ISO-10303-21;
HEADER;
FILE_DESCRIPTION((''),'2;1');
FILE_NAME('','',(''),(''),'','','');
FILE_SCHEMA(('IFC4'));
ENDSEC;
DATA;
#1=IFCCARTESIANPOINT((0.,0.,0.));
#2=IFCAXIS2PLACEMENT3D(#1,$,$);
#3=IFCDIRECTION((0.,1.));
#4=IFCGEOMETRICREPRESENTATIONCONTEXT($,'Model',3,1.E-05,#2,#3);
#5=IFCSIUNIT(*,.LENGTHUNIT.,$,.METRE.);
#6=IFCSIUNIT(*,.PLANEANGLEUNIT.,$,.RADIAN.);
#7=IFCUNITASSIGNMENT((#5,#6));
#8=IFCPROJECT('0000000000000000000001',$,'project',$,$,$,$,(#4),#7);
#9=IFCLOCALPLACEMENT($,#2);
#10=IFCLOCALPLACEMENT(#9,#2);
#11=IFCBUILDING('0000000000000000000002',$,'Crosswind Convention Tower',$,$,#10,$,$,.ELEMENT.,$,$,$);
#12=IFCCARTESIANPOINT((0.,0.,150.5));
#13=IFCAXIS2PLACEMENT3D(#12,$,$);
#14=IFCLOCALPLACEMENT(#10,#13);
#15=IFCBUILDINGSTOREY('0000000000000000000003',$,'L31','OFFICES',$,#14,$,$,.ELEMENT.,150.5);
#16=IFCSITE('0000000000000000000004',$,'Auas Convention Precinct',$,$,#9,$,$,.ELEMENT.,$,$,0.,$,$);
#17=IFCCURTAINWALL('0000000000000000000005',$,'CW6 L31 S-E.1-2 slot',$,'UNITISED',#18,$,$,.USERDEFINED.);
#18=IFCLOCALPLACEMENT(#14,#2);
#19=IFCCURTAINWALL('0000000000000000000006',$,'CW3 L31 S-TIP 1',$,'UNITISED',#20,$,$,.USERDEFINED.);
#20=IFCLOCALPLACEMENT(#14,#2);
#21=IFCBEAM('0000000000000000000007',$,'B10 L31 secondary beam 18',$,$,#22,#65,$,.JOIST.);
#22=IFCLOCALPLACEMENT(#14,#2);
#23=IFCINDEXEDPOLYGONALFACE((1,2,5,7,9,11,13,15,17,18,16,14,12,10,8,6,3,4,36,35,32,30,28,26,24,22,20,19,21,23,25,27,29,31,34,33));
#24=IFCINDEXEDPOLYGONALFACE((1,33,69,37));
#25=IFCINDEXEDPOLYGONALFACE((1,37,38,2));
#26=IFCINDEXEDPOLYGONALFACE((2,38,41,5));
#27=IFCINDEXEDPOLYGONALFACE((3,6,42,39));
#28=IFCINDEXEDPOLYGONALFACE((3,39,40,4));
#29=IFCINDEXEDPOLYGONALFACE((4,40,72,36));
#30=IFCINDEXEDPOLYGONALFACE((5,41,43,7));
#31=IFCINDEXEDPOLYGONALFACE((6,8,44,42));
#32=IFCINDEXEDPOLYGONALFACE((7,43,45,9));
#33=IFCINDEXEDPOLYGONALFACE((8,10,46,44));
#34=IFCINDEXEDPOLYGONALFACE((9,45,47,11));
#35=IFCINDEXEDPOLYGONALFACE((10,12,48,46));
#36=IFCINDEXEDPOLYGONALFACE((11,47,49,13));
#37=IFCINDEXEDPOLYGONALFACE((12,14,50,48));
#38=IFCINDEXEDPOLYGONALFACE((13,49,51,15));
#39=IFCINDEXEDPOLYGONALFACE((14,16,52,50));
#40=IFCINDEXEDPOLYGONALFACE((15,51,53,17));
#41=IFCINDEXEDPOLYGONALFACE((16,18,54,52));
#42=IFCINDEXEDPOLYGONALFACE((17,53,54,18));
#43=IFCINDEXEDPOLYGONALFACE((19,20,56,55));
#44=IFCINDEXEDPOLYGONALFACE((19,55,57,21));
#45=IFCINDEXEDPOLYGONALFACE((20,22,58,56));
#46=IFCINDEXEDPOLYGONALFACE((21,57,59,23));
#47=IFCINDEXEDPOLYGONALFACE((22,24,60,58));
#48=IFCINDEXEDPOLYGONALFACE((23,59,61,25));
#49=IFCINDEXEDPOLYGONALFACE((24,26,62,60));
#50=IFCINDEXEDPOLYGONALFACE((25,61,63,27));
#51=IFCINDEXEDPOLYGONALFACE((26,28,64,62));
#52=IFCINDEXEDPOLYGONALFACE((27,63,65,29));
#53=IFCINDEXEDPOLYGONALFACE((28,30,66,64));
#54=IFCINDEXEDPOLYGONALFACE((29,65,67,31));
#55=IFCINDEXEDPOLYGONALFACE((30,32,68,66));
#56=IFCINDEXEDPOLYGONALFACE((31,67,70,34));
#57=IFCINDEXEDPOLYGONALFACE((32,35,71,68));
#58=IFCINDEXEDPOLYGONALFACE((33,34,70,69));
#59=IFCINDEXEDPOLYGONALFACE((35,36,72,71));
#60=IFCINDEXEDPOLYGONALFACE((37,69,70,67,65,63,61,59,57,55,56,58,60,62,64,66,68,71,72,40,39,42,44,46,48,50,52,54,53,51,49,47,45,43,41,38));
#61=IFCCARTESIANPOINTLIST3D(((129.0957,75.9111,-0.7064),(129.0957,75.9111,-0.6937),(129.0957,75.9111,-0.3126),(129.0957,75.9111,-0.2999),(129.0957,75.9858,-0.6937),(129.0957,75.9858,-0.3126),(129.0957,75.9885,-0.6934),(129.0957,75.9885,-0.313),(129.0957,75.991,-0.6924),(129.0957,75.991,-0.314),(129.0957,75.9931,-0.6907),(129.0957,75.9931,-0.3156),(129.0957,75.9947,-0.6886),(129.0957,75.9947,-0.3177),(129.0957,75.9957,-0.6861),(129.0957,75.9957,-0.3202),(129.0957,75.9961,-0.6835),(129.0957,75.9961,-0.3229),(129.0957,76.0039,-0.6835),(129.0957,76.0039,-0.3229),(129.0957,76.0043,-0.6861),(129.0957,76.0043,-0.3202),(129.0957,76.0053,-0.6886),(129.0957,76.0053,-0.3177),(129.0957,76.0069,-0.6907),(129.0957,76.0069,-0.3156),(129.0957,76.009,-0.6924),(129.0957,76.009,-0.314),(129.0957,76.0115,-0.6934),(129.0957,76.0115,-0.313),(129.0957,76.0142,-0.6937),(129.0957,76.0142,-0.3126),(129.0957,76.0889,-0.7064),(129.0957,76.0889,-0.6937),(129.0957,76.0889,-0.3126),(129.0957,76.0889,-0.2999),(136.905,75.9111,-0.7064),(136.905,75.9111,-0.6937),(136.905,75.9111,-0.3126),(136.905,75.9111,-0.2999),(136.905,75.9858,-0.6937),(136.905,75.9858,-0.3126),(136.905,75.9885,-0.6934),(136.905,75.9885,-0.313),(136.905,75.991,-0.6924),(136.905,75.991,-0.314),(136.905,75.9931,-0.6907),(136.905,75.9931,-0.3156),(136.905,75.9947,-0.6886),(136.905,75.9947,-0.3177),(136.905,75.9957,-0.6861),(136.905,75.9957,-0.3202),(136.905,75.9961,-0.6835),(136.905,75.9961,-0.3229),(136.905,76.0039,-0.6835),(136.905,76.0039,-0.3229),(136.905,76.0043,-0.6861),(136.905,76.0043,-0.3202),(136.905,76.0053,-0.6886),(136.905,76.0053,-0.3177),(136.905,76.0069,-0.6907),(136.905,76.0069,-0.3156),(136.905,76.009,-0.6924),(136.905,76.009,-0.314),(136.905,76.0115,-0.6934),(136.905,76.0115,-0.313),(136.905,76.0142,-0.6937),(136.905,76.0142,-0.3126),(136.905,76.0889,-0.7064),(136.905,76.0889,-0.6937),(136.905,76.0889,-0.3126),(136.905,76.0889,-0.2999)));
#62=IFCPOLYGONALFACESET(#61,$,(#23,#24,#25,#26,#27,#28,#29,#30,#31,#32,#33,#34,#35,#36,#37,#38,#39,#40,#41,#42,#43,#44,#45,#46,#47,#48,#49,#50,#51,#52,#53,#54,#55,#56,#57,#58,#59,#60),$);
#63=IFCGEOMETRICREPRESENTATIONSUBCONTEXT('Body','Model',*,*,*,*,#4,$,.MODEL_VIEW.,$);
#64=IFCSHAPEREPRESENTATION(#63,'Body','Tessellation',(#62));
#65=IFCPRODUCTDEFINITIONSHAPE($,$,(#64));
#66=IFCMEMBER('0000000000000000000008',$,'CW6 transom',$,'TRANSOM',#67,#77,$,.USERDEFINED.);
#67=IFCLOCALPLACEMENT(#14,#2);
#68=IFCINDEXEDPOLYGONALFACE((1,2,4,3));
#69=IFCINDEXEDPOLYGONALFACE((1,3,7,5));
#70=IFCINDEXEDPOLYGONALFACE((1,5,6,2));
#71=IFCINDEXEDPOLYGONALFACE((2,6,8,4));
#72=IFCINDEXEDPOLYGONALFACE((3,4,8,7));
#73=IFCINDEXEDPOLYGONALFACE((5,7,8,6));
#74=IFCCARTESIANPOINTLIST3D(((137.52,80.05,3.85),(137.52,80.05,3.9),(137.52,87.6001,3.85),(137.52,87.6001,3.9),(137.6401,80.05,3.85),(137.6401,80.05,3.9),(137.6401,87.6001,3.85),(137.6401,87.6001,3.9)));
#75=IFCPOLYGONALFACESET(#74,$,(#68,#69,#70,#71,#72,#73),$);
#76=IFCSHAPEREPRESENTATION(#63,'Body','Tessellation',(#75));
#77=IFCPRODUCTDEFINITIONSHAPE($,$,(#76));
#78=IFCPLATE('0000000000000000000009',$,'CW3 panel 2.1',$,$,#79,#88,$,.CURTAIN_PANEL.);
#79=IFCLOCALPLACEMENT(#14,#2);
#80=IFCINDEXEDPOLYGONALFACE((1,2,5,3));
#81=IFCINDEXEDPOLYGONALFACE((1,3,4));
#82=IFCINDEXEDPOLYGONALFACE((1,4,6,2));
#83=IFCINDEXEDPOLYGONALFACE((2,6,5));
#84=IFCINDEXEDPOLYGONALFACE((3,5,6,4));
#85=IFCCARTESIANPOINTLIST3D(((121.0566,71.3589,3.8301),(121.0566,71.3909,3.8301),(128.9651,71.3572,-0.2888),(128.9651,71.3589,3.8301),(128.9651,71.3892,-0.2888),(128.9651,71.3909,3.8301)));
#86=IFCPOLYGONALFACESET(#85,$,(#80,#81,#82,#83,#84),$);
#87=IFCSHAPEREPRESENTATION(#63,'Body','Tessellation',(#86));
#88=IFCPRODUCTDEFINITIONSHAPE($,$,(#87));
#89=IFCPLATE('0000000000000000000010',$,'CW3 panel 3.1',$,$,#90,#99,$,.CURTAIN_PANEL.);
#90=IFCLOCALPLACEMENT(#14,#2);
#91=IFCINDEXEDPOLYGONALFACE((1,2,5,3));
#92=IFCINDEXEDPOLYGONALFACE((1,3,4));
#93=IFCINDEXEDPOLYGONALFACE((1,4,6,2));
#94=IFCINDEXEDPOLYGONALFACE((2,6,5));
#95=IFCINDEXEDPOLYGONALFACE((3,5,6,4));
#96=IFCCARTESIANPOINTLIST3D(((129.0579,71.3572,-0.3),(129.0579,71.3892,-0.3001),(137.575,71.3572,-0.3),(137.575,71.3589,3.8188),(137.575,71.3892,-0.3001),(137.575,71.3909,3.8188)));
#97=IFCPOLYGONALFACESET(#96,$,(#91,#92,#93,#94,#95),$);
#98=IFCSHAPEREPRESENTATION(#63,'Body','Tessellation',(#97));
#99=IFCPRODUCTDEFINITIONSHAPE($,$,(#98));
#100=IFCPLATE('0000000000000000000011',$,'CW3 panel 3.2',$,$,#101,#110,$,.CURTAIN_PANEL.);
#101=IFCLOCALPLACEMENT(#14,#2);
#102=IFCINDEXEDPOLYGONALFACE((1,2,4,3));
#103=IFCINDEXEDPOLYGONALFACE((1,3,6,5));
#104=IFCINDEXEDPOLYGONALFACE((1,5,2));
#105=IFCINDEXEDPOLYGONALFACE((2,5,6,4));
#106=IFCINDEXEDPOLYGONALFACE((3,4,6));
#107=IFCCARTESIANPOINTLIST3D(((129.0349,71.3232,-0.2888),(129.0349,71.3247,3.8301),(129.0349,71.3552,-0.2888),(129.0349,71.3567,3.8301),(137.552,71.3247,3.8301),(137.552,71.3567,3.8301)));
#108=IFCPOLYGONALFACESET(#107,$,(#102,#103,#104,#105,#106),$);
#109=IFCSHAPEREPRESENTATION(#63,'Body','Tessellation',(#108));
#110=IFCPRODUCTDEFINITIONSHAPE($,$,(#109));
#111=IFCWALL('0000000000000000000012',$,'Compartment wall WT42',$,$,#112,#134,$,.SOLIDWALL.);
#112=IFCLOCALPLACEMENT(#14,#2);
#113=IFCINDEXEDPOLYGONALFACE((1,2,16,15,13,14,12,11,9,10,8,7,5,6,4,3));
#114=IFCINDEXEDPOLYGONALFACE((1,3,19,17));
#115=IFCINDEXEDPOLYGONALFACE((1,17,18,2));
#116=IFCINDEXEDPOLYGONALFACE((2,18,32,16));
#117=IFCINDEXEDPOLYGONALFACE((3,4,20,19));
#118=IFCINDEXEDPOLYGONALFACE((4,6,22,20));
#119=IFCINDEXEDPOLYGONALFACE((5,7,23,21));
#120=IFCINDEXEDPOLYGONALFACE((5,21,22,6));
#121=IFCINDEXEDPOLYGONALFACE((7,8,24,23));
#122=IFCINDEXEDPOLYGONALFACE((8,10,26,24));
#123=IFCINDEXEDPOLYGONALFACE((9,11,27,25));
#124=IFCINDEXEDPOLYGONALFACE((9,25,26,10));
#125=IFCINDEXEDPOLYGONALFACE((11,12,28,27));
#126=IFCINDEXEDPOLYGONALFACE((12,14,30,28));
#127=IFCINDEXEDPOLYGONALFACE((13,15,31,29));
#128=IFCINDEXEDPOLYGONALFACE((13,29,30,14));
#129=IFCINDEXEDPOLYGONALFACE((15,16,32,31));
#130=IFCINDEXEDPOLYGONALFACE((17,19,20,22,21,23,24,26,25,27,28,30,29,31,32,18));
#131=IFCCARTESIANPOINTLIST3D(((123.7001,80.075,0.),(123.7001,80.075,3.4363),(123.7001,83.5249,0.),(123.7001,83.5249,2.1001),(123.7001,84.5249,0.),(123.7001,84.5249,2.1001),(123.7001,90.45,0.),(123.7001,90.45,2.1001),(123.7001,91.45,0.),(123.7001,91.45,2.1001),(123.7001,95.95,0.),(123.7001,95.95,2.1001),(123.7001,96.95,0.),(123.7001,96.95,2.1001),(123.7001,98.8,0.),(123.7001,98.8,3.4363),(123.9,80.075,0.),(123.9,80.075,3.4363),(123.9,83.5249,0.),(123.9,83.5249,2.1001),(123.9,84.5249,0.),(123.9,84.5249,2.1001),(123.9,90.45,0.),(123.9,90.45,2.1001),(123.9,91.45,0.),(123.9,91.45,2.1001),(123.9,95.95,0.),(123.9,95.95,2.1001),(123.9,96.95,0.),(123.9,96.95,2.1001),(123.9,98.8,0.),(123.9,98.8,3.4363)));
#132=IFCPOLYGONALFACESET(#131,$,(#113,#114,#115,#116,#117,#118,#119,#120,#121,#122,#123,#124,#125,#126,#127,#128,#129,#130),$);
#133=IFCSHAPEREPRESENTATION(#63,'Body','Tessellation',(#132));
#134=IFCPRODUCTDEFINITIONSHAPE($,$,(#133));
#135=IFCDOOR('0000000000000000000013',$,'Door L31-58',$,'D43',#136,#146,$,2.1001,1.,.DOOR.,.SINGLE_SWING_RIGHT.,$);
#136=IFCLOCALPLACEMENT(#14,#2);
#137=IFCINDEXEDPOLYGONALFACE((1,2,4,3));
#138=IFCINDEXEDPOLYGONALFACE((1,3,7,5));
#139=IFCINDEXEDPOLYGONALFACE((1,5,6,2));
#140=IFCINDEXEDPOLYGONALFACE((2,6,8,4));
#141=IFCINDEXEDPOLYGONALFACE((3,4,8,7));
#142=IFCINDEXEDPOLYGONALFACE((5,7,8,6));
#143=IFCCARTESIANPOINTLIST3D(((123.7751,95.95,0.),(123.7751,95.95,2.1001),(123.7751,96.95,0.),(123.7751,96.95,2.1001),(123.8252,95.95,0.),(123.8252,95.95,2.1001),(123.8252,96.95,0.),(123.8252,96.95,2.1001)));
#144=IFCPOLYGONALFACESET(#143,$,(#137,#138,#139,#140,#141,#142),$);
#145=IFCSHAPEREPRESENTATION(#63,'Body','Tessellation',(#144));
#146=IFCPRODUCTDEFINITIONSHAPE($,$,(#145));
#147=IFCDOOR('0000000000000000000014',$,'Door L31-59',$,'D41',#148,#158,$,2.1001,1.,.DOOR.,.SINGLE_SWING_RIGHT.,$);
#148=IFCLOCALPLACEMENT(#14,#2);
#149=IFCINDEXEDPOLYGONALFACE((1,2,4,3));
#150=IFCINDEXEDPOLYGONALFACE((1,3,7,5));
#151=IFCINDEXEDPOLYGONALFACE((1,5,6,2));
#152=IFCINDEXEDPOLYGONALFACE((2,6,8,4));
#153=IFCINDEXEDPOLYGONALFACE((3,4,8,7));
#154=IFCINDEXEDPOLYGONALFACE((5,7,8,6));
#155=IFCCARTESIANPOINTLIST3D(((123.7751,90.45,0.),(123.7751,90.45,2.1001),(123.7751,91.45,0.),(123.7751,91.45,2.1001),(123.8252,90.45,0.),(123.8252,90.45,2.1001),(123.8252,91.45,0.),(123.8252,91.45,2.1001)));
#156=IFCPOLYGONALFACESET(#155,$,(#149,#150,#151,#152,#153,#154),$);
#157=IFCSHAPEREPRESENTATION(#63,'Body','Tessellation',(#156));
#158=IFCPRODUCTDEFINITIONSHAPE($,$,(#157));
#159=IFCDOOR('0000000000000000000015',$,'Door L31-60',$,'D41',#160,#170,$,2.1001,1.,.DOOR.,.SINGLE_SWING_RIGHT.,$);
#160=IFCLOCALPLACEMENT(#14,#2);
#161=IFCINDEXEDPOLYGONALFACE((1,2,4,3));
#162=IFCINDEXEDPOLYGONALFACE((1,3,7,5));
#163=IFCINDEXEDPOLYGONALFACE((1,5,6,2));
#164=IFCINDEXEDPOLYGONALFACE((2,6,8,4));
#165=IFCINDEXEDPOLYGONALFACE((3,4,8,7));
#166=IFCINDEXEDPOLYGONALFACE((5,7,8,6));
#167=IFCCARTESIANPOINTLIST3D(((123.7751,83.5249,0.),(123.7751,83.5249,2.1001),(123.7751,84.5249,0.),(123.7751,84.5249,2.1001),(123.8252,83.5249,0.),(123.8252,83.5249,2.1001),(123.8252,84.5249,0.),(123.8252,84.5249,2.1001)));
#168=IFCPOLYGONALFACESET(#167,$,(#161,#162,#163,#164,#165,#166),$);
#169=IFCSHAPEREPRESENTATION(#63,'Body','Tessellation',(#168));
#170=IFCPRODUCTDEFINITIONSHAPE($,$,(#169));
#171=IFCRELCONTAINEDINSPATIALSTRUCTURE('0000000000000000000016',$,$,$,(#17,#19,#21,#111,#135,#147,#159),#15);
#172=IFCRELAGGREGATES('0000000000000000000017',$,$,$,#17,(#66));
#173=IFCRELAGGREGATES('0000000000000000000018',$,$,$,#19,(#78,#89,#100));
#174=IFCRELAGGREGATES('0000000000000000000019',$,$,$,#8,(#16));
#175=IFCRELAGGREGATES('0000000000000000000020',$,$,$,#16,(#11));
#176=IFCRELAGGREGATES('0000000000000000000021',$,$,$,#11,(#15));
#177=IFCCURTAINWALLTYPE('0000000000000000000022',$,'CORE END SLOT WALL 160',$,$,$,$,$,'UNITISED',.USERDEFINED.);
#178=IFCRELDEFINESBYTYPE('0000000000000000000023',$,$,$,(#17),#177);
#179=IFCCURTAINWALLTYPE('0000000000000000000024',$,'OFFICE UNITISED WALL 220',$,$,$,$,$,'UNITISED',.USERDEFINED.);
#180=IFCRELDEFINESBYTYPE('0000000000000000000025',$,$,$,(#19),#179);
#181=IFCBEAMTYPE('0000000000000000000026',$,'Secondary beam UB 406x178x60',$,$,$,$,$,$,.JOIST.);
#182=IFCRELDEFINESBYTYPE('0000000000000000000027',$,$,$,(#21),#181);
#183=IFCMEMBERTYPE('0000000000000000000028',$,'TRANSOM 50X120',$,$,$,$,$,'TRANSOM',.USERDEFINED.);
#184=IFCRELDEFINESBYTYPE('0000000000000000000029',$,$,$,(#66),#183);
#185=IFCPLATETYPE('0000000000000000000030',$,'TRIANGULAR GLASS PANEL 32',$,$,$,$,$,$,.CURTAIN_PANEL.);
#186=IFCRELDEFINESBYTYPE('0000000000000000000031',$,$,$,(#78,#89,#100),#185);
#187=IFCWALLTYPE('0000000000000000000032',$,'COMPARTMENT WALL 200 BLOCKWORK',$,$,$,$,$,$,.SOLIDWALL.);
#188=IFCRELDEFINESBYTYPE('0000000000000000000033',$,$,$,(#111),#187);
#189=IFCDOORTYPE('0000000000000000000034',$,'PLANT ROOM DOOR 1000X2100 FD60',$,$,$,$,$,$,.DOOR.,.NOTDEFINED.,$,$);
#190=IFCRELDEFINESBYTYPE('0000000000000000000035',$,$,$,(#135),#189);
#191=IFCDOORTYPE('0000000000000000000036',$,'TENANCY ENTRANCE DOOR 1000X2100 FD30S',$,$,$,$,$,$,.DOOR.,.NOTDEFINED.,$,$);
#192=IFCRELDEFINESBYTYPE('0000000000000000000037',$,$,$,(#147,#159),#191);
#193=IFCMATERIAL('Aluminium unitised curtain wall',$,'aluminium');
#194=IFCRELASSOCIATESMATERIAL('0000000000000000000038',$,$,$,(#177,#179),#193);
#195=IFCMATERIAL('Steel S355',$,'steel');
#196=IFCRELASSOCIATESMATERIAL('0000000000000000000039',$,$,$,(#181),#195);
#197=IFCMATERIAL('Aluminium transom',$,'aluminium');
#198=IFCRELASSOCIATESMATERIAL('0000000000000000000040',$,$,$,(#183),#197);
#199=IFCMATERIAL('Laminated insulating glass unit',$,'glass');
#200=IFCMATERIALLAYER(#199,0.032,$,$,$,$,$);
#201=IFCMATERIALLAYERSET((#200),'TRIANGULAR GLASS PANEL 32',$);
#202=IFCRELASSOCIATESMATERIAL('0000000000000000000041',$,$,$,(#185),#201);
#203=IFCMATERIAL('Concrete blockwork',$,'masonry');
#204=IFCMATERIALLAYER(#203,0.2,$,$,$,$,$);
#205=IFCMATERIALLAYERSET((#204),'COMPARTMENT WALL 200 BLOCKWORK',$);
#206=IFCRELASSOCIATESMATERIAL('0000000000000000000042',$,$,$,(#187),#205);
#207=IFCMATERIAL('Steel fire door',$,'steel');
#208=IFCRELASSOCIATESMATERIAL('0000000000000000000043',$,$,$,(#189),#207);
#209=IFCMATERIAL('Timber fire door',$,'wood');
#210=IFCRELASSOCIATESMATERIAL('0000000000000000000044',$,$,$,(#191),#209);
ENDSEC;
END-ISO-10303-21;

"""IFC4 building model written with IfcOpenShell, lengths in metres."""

from ifc_helpers import new_model, si_unit, direction, frame, frame_2d, origin, origin_2d, place, context, subcontext, project, spatial, polyline, rectangle, i_section, outline, extrude, material, layer, layer_set, material_profile, profile_set, type_object, element, fill, aggregate, save


model = new_model("IFC4")

# Units and contexts
model_context = context("Model", 3, precision=1e-05, world=origin(), true_north=direction((0.0, 1.0)))
body_context = subcontext(model_context, "Body", "Model", "MODEL_VIEW")
ifc_project = project(units=[si_unit("LENGTHUNIT", "METRE"), si_unit("PLANEANGLEUNIT", "RADIAN")], contexts=[model_context])

# Site, building, storey
site_placement = place(None, origin())
site = spatial("IfcSite", under=ifc_project, at=site_placement, Name="Auas Convention Precinct", CompositionType="ELEMENT", RefElevation=0.0)
building_placement = place(site_placement, origin())
building = spatial("IfcBuilding", under=site, at=building_placement, Name="Crosswind Convention Tower", CompositionType="ELEMENT")
storey_placement = place(building_placement, frame((0.0, 0.0, 150.5)))
storey = spatial("IfcBuildingStorey", under=building, at=storey_placement, Name="L31", Description="OFFICES", CompositionType="ELEMENT", Elevation=150.5)

# Shared definitions
ifc_material_1 = material(Name="Steel S355", Category="steel")

# Curtain walls
ifc_material_2 = material(Name="Aluminium unitised curtain wall", Category="aluminium")
curtain_wall_type_1 = type_object("IfcCurtainWallType", Name="CORE END SLOT WALL 160", ElementType="UNITISED", PredefinedType="USERDEFINED", material=ifc_material_2)
curtain_wall_1_placement = place(storey_placement, origin())
curtain_wall_1 = element("IfcCurtainWall", 1, at=curtain_wall_1_placement, inside=storey, type_object=curtain_wall_type_1, Name="CW6 L31 S-E.1-2 slot", ObjectType="UNITISED", PredefinedType="USERDEFINED")
curtain_wall_type_2 = type_object("IfcCurtainWallType", Name="OFFICE UNITISED WALL 220", ElementType="UNITISED", PredefinedType="USERDEFINED", material=ifc_material_2)
curtain_wall_2_placement = place(storey_placement, origin())
curtain_wall_2 = element("IfcCurtainWall", 2, at=curtain_wall_2_placement, inside=storey, type_object=curtain_wall_type_2, Name="CW3 L31 S-TIP 1", ObjectType="UNITISED", PredefinedType="USERDEFINED")

# Beam
ifc_material_profile_1 = material_profile(ifc_material_1, i_section(OverallWidth=0.1777, OverallDepth=0.4065, WebThickness=0.0078, FlangeThickness=0.0127, FilletRadius=0.0103, at=origin_2d()), Name="UB 406x178x60")
ifc_profile_set_1 = profile_set([ifc_material_profile_1], Name="Steel S355")
beam_type_1 = type_object("IfcBeamType", Name="Secondary beam UB 406x178x60", PredefinedType="JOIST", material=ifc_profile_set_1)
beam_1_placement = place(storey_placement, frame((129.0957, 76.0, -0.5032), z_axis=(1.0, 0.0, 0.0), x_axis=(0.0, 1.0, 0.0)))
element("IfcBeam", 3, at=beam_1_placement, inside=storey, type_object=beam_type_1, Name="B10 L31 secondary beam 18", PredefinedType="JOIST", context=body_context, shape_type="SweptSolid", body=[
    extrude(i_section(OverallWidth=0.1777, OverallDepth=0.4065, WebThickness=0.0078, FlangeThickness=0.0127, FilletRadius=0.0103, at=origin_2d()), origin(), (0.0, 0.0, 1.0), 7.8093),
])

# Member
ifc_material_3 = material(Name="Aluminium transom", Category="aluminium")
ifc_material_profile_2 = material_profile(ifc_material_3, rectangle(XDim=0.1201, YDim=0.05, at=origin_2d()), Name="AL 120X50")
ifc_profile_set_2 = profile_set([ifc_material_profile_2], Name="Aluminium transom")
member_type_1 = type_object("IfcMemberType", Name="TRANSOM 50X120", ElementType="TRANSOM", PredefinedType="USERDEFINED", material=ifc_profile_set_2)
member_1_placement = place(storey_placement, frame((137.5801, 80.05, 3.875), z_axis=(0.0, 1.0, 0.0), x_axis=(-1.0, 0.0, 0.0)))
member_1 = element("IfcMember", 4, at=member_1_placement, type_object=member_type_1, Name="CW6 transom", ObjectType="TRANSOM", PredefinedType="USERDEFINED", context=body_context, shape_type="SweptSolid", body=[
    extrude(rectangle(XDim=0.1201, YDim=0.05, at=origin_2d()), origin(), (0.0, 0.0, 1.0), 7.55),
])
aggregate(curtain_wall_1, [member_1])

# Plates
ifc_material_4 = material(Name="Laminated insulating glass unit", Category="glass")
ifc_layer_1 = layer(ifc_material_4, 0.032)
ifc_layer_set_1 = layer_set([ifc_layer_1], Name="TRIANGULAR GLASS PANEL 32")
plate_type = type_object("IfcPlateType", Name="TRIANGULAR GLASS PANEL 32", PredefinedType="CURTAIN_PANEL", material=ifc_layer_set_1)
plate_1_placement = place(storey_placement, frame((128.9651, 71.3589, 3.8301), z_axis=(0.0, -1.0, 0.000415), x_axis=(-1.0, 0.0, 0.0)))
plate_1 = element("IfcPlate", 5, at=plate_1_placement, type_object=plate_type, Name="CW3 panel 2.1", PredefinedType="CURTAIN_PANEL", context=body_context, shape_type="SweptSolid", body=[
    extrude(outline(polyline([(0.0, 0.0), (7.9084, 0.0), (0.0, 4.1189), (0.0, 0.0)])), origin(), (0.0, 0.0, -1.0), 0.032),
])
plate_2_placement = place(storey_placement, frame((137.575, 71.3572, -0.3), z_axis=(0.0, -1.0, 0.000415), x_axis=(0.0, 0.000415, 1.0)))
plate_2 = element("IfcPlate", 6, at=plate_2_placement, type_object=plate_type, Name="CW3 panel 3.1", PredefinedType="CURTAIN_PANEL", context=body_context, shape_type="SweptSolid", body=[
    extrude(outline(polyline([(0.0, 0.0), (4.1189, 0.0), (0.0, 8.5171), (0.0, 0.0)])), origin(), (0.0, 0.0, -1.0), 0.032),
])
plate_3_placement = place(storey_placement, frame((129.0349, 71.3247, 3.8301), z_axis=(0.0, -1.0, 0.000356), x_axis=(0.0, -0.000356, -1.0)))
plate_3 = element("IfcPlate", 7, at=plate_3_placement, type_object=plate_type, Name="CW3 panel 3.2", PredefinedType="CURTAIN_PANEL", context=body_context, shape_type="SweptSolid", body=[
    extrude(outline(polyline([(0.0, 0.0), (4.1189, 0.0), (0.0, 8.5171), (0.0, 0.0)])), origin(), (0.0, 0.0, -1.0), 0.032),
])
aggregate(curtain_wall_2, [plate_1, plate_2, plate_3])

# Wall, openings, doors
ifc_material_5 = material(Name="Concrete blockwork", Category="masonry")
ifc_layer_2 = layer(ifc_material_5, 0.2)
ifc_layer_set_2 = layer_set([ifc_layer_2], Name="COMPARTMENT WALL 200 BLOCKWORK")
wall_type_1 = type_object("IfcWallType", Name="COMPARTMENT WALL 200 BLOCKWORK", PredefinedType="SOLIDWALL", material=ifc_layer_set_2)
wall_1_placement = place(storey_placement, frame((123.8, 80.075, 0.0), z_axis=(0.0, 0.0, 1.0), x_axis=(0.0, 1.0, 0.0)))
wall_1 = element("IfcWall", 8, at=wall_1_placement, inside=storey, type_object=wall_type_1, Name="Compartment wall WT42", PredefinedType="SOLIDWALL", context=body_context, shape_type="SweptSolid", body=[
    extrude(rectangle(XDim=18.7251, YDim=0.2, at=frame_2d((9.3625, 0.0))), origin(), (0.0, 0.0, 1.0), 3.4363),
])
opening_1_placement = place(wall_1_placement, frame((15.875, 0.0, 0.0)))
opening_1 = element("IfcOpeningElement", 9, at=opening_1_placement, cuts=wall_1, PredefinedType="OPENING", context=body_context, shape_type="SweptSolid", body=[
    extrude(rectangle(XDim=1.0, YDim=2.1001, at=frame_2d((0.5, 1.05))), frame((0.0, 0.1099, 0.0), z_axis=(0.0, -1.0, 0.0), x_axis=(1.0, 0.0, 0.0)), (0.0, 0.0, 1.0), 0.22),
])
opening_2_placement = place(wall_1_placement, frame((10.375, 0.0, 0.0)))
opening_2 = element("IfcOpeningElement", 10, at=opening_2_placement, cuts=wall_1, PredefinedType="OPENING", context=body_context, shape_type="SweptSolid", body=[
    extrude(rectangle(XDim=1.0, YDim=2.1001, at=frame_2d((0.5, 1.05))), frame((0.0, 0.1099, 0.0), z_axis=(0.0, -1.0, 0.0), x_axis=(1.0, 0.0, 0.0)), (0.0, 0.0, 1.0), 0.22),
])
opening_3_placement = place(wall_1_placement, frame((3.45, 0.0, 0.0)))
opening_3 = element("IfcOpeningElement", 11, at=opening_3_placement, cuts=wall_1, PredefinedType="OPENING", context=body_context, shape_type="SweptSolid", body=[
    extrude(rectangle(XDim=1.0, YDim=2.1001, at=frame_2d((0.5, 1.05))), frame((0.0, 0.1099, 0.0), z_axis=(0.0, -1.0, 0.0), x_axis=(1.0, 0.0, 0.0)), (0.0, 0.0, 1.0), 0.22),
])
ifc_material_6 = material(Name="Steel fire door", Category="steel")
door_type_1 = type_object("IfcDoorType", Name="PLANT ROOM DOOR 1000X2100 FD60", OperationType="NOTDEFINED", PredefinedType="DOOR", material=ifc_material_6)
door_1_placement = place(opening_1_placement, origin())
door_1 = element("IfcDoor", 12, at=door_1_placement, inside=storey, type_object=door_type_1, Name="Door L31-58", ObjectType="D43", OperationType="SINGLE_SWING_RIGHT", OverallHeight=2.1001, OverallWidth=1.0, PredefinedType="DOOR", context=body_context, shape_type="SweptSolid", body=[
    extrude(rectangle(XDim=1.0, YDim=2.1001, at=frame_2d((0.5, 1.05))), frame((0.0, 0.0249, 0.0), z_axis=(0.0, -1.0, 0.0), x_axis=(1.0, 0.0, 0.0)), (0.0, 0.0, 1.0), 0.05),
])
fill(opening_1, door_1)
ifc_material_7 = material(Name="Timber fire door", Category="wood")
door_type_2 = type_object("IfcDoorType", Name="TENANCY ENTRANCE DOOR 1000X2100 FD30S", OperationType="NOTDEFINED", PredefinedType="DOOR", material=ifc_material_7)
door_2_placement = place(opening_2_placement, origin())
door_2 = element("IfcDoor", 13, at=door_2_placement, inside=storey, type_object=door_type_2, Name="Door L31-59", ObjectType="D41", OperationType="SINGLE_SWING_RIGHT", OverallHeight=2.1001, OverallWidth=1.0, PredefinedType="DOOR", context=body_context, shape_type="SweptSolid", body=[
    extrude(rectangle(XDim=1.0, YDim=2.1001, at=frame_2d((0.5, 1.05))), frame((0.0, 0.0249, 0.0), z_axis=(0.0, -1.0, 0.0), x_axis=(1.0, 0.0, 0.0)), (0.0, 0.0, 1.0), 0.05),
])
fill(opening_2, door_2)
door_3_placement = place(opening_3_placement, origin())
door_3 = element("IfcDoor", 14, at=door_3_placement, inside=storey, type_object=door_type_2, Name="Door L31-60", ObjectType="D41", OperationType="SINGLE_SWING_RIGHT", OverallHeight=2.1001, OverallWidth=1.0, PredefinedType="DOOR", context=body_context, shape_type="SweptSolid", body=[
    extrude(rectangle(XDim=1.0, YDim=2.1001, at=frame_2d((0.5, 1.05))), frame((0.0, 0.0249, 0.0), z_axis=(0.0, -1.0, 0.0), x_axis=(1.0, 0.0, 0.0)), (0.0, 0.0, 1.0), 0.05),
])
fill(opening_3, door_3)

save(model, "model.ifc")
